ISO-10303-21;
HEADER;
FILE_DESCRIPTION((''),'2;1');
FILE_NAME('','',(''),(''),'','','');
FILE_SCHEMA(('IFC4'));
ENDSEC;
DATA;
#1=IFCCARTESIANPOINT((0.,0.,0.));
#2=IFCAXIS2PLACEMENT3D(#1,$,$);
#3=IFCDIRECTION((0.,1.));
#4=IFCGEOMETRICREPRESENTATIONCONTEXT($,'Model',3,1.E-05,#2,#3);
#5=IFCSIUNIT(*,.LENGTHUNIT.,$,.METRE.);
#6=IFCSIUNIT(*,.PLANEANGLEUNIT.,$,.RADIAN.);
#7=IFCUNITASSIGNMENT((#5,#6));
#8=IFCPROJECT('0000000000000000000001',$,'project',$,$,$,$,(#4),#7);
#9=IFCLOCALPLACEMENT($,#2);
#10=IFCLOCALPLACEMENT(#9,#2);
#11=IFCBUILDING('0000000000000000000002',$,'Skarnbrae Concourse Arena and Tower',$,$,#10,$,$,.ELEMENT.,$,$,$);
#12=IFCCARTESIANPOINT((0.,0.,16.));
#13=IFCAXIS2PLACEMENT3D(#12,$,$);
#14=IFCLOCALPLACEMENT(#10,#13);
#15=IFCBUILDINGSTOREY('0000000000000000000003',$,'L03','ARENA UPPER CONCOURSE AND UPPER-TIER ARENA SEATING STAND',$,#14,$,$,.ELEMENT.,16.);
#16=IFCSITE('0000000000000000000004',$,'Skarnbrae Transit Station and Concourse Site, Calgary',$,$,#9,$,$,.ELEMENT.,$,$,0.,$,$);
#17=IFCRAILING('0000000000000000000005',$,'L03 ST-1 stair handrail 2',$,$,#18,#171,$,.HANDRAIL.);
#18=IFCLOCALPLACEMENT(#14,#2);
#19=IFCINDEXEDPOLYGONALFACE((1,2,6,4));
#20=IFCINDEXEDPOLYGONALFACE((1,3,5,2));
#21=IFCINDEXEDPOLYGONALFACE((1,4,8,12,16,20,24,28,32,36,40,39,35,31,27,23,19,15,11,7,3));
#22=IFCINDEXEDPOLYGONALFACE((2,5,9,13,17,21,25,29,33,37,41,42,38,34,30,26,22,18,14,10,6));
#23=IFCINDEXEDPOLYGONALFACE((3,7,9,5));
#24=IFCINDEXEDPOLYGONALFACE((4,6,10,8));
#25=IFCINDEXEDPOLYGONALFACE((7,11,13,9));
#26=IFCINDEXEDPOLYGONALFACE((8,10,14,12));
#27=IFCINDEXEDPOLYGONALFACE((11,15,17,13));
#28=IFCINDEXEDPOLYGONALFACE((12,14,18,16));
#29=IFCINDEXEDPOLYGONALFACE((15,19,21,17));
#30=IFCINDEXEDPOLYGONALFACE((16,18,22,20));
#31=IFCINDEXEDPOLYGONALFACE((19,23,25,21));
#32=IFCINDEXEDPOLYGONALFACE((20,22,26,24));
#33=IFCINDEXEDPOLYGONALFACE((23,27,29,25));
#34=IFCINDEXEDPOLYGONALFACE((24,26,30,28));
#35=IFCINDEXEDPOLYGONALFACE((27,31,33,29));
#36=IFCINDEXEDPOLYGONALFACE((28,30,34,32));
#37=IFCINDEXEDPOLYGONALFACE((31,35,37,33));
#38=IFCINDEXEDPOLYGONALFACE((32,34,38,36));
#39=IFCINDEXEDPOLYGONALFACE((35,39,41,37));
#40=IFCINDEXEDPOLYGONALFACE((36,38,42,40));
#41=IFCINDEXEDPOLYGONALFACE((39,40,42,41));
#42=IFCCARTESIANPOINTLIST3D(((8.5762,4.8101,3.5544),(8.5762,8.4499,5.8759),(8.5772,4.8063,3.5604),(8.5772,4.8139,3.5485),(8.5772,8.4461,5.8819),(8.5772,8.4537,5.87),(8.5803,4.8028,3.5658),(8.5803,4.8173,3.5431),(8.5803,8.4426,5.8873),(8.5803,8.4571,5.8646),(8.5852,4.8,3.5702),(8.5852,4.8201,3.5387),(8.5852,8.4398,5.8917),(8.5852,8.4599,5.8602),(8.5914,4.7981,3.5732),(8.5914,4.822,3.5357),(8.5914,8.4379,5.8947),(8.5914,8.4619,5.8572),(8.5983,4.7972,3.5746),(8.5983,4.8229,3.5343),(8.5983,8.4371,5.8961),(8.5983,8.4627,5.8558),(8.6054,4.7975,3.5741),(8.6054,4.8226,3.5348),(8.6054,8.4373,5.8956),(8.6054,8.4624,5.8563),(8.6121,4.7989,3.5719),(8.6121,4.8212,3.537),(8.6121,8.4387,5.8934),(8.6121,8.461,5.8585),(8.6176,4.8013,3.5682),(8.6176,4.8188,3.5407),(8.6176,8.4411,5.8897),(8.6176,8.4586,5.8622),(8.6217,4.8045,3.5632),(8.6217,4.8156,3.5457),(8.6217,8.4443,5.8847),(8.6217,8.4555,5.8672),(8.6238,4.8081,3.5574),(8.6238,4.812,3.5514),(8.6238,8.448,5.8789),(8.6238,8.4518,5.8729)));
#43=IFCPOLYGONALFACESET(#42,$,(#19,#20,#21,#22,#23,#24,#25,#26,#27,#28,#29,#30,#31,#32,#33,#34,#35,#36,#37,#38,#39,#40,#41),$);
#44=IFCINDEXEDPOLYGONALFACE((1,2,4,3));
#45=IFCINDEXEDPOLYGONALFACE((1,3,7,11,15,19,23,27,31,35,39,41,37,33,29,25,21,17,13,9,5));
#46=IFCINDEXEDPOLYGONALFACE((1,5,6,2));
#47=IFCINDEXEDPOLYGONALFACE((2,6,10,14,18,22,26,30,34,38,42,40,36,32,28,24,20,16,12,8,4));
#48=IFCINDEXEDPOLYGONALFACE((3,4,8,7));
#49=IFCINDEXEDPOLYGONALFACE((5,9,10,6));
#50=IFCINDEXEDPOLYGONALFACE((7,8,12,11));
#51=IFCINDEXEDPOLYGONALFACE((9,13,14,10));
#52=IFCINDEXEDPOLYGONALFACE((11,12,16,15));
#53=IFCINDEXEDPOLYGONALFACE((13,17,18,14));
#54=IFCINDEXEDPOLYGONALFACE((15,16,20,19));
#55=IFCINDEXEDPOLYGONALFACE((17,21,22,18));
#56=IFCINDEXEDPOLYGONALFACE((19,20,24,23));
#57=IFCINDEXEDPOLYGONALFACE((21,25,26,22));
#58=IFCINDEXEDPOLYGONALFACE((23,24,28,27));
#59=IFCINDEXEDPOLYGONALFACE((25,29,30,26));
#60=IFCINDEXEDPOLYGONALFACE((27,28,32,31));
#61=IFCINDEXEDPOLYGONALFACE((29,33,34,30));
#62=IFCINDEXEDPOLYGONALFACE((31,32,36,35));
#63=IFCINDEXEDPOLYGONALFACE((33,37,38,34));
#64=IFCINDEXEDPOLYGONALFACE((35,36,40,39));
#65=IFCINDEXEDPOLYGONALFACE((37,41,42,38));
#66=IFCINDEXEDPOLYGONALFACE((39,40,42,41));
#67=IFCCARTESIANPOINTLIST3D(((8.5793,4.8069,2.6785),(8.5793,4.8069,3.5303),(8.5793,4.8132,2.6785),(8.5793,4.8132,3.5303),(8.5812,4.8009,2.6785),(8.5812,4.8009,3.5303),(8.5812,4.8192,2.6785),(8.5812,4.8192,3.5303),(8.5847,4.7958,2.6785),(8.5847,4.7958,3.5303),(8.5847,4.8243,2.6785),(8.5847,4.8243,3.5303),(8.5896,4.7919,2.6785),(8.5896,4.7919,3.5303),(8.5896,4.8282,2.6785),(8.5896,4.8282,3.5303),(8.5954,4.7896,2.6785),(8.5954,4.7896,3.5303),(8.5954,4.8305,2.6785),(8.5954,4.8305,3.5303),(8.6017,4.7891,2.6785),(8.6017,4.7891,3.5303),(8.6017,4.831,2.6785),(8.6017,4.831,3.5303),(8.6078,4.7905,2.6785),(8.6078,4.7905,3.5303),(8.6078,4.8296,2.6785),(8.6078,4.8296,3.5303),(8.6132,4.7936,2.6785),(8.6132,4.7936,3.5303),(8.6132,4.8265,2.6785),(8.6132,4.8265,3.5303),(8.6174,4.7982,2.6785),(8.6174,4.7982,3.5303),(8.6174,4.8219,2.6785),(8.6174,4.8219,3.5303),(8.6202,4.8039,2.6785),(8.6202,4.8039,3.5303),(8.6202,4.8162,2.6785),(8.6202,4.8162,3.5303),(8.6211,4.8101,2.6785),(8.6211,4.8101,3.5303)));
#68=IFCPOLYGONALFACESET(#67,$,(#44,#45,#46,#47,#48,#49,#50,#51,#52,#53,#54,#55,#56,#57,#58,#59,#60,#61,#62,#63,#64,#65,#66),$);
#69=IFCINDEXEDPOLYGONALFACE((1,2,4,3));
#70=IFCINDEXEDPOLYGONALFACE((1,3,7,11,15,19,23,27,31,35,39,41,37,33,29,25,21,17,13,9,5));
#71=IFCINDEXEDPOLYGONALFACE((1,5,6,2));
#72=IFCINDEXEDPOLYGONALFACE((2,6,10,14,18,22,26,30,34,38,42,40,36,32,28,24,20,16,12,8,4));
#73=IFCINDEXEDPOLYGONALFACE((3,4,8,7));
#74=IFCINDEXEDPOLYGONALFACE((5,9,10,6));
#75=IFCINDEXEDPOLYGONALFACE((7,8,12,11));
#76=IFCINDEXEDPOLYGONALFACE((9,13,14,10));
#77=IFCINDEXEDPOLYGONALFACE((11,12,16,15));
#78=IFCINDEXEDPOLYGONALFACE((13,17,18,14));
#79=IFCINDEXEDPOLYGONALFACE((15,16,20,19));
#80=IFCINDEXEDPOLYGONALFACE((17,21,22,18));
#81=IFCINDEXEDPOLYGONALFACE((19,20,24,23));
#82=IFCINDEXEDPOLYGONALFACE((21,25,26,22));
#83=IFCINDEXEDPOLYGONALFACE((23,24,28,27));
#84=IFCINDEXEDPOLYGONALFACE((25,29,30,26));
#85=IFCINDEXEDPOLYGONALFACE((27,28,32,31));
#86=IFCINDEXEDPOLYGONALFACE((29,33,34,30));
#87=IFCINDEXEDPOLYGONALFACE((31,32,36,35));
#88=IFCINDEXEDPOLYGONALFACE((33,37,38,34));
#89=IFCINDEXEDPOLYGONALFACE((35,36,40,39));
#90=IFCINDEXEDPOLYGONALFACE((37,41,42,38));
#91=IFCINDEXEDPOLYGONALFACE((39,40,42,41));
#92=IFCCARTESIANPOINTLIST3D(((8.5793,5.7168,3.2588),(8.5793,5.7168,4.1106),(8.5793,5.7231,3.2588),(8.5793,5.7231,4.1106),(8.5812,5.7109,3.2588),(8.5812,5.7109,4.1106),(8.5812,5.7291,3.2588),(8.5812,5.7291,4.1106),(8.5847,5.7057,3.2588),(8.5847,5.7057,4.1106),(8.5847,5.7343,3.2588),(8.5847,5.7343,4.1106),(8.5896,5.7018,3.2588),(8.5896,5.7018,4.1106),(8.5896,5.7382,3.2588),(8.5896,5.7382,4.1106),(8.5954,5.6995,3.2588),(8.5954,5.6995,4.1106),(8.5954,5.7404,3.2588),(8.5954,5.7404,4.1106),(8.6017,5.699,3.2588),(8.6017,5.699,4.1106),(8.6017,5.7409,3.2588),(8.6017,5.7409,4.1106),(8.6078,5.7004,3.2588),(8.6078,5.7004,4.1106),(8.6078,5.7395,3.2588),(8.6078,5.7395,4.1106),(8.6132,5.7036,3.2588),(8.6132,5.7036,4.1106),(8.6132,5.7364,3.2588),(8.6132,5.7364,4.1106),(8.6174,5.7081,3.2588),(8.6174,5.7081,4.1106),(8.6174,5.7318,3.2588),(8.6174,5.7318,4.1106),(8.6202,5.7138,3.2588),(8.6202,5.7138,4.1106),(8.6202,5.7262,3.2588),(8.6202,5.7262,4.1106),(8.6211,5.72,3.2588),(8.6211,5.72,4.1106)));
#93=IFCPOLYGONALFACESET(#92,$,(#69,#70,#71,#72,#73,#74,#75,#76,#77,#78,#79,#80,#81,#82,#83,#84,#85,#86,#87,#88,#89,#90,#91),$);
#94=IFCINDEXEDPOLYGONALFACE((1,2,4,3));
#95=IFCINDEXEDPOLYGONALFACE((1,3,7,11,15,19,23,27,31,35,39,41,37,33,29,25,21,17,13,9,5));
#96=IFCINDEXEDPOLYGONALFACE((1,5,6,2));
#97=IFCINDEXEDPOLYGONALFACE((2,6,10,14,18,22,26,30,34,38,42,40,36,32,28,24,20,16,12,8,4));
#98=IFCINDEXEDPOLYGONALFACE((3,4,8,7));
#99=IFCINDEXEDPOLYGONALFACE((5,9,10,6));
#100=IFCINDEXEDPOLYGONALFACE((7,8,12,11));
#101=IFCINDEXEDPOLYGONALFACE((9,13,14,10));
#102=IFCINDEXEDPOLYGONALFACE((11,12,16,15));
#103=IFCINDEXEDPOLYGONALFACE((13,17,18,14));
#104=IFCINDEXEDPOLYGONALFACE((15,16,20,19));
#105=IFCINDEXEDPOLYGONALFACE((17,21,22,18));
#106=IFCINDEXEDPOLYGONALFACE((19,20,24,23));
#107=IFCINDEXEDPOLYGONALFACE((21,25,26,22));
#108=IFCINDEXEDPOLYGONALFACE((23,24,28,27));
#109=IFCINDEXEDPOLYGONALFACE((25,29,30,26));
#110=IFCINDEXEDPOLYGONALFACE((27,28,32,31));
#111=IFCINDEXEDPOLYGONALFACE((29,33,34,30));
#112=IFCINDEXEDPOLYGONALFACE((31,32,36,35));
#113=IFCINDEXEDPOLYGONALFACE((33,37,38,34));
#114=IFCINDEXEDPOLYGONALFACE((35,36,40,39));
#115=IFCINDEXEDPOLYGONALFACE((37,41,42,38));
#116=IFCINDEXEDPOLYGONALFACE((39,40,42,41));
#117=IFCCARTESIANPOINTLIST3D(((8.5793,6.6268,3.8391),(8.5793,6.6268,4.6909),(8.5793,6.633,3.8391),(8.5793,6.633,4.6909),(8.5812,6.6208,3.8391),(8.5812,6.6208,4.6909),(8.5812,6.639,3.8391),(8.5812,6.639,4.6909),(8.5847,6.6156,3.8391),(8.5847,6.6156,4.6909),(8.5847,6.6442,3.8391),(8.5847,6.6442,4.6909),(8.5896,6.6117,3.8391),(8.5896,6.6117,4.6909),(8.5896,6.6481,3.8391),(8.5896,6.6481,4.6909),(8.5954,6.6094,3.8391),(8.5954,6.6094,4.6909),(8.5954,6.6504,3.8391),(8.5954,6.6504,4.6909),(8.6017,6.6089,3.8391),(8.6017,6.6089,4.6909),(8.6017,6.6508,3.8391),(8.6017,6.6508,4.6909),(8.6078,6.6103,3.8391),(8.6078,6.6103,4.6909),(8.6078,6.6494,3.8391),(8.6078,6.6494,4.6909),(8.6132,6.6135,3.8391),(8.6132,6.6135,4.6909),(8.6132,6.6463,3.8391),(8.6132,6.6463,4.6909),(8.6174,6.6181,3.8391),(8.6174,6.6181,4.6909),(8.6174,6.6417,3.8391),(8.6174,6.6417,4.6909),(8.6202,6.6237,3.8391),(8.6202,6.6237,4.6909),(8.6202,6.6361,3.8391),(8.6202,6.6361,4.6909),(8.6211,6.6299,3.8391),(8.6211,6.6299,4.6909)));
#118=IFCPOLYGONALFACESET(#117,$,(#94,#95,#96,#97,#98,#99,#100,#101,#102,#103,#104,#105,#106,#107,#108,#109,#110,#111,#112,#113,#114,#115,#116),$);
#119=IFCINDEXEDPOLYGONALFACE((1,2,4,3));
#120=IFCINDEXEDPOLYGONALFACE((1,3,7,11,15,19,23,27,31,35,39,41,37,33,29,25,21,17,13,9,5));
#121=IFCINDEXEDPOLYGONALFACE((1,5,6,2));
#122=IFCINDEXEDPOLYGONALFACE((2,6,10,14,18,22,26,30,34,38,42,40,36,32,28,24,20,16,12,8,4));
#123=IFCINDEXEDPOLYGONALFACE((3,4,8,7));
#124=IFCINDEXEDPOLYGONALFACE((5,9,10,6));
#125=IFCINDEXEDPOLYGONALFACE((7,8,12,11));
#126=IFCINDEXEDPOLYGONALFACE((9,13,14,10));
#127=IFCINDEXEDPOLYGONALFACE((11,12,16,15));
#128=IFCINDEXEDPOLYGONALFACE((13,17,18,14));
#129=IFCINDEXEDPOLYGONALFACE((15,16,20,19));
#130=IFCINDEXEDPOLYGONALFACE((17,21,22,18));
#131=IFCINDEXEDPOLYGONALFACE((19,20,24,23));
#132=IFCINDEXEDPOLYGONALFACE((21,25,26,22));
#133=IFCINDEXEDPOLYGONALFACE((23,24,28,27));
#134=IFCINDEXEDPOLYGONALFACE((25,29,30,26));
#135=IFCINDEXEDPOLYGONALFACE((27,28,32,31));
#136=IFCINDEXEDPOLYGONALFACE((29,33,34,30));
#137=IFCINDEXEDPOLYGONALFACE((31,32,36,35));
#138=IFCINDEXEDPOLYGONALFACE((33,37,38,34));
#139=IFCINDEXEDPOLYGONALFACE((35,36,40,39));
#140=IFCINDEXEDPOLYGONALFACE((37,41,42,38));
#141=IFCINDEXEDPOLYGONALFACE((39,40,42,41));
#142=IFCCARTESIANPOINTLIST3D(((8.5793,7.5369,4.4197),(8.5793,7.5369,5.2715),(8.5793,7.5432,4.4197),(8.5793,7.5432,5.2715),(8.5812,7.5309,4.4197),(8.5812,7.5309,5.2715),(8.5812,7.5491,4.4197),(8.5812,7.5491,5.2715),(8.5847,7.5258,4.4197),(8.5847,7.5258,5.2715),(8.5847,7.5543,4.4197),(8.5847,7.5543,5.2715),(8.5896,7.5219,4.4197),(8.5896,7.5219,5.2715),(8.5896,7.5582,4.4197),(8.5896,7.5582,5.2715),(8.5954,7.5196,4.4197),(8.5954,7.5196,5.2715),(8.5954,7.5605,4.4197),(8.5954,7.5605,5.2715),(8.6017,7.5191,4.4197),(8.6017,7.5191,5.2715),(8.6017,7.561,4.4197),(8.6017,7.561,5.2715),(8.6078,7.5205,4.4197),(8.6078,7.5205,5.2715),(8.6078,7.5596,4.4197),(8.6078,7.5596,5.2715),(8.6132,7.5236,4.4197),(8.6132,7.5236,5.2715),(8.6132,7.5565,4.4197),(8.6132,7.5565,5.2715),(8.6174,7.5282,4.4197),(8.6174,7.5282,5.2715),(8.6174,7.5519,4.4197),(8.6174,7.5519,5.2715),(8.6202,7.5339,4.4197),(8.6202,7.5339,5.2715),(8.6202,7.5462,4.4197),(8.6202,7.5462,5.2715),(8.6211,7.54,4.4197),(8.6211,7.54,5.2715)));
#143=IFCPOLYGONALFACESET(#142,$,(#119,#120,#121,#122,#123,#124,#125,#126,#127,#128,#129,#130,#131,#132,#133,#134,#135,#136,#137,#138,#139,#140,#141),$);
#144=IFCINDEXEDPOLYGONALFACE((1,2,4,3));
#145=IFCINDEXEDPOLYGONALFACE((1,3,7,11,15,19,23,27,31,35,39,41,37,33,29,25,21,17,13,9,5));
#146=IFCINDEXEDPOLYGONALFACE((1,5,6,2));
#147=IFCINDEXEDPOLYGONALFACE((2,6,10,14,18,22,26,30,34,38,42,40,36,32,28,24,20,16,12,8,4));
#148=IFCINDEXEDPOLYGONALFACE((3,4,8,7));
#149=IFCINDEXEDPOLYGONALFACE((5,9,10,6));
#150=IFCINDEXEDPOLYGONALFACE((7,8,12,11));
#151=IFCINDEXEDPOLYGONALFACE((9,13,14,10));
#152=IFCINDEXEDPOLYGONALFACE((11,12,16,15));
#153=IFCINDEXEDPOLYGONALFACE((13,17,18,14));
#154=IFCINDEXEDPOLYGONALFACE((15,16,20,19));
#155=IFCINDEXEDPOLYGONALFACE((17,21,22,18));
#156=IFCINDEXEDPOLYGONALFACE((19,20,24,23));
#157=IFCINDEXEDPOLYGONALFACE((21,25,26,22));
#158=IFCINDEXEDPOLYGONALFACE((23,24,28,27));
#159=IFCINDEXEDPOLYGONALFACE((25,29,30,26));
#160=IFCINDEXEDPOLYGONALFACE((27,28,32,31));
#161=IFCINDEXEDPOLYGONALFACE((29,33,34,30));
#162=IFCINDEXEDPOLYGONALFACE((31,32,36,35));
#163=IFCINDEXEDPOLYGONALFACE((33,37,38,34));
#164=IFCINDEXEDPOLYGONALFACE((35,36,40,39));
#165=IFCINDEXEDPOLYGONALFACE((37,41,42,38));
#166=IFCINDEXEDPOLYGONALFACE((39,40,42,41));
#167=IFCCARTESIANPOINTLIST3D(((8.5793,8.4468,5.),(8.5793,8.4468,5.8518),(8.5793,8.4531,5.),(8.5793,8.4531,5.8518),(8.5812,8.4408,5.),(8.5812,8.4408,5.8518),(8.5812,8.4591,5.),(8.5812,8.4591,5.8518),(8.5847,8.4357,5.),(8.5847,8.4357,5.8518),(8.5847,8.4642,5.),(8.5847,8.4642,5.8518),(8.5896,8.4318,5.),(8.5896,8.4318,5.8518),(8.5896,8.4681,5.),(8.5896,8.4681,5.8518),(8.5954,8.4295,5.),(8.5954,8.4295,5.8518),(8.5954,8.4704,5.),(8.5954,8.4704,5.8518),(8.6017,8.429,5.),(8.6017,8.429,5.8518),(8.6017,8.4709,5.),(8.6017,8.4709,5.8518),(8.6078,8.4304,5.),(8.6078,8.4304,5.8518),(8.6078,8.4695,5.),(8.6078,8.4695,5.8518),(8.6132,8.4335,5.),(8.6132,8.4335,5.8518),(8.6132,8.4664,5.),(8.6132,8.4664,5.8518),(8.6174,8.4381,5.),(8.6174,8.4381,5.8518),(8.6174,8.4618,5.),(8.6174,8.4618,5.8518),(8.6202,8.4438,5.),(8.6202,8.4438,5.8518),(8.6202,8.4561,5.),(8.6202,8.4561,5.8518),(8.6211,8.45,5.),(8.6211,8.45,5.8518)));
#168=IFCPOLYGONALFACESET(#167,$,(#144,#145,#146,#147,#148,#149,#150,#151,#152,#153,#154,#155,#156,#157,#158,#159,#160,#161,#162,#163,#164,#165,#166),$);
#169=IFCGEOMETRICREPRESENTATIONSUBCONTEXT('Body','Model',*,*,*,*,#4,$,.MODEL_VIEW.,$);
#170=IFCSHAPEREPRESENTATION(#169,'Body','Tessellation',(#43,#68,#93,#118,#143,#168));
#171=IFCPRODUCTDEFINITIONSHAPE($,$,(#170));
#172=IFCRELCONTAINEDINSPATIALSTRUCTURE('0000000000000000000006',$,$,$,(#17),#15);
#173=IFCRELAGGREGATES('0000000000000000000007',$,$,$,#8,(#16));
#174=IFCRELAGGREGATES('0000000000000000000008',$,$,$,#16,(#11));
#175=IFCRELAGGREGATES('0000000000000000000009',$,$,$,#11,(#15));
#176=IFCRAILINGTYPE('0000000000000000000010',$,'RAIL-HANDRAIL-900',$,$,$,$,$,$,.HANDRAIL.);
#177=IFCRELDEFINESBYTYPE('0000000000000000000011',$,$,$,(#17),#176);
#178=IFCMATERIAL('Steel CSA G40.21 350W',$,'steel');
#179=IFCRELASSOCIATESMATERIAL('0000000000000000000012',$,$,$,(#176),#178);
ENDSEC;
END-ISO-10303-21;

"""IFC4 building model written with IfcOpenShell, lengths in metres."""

from ifc_helpers import new_model, si_unit, direction, frame, origin, origin_2d, place, context, subcontext, project, spatial, circle, extrude, material, type_object, element, save


model = new_model("IFC4")

# Units and contexts
model_context = context("Model", 3, precision=1e-05, world=origin(), true_north=direction((0.0, 1.0)))
body_context = subcontext(model_context, "Body", "Model", "MODEL_VIEW")
ifc_project = project(units=[si_unit("LENGTHUNIT", "METRE"), si_unit("PLANEANGLEUNIT", "RADIAN")], contexts=[model_context])

# Site, building, storey
site_placement = place(None, origin())
site = spatial("IfcSite", under=ifc_project, at=site_placement, Name="Skarnbrae Transit Station and Concourse Site, Calgary", CompositionType="ELEMENT", RefElevation=0.0)
building_placement = place(site_placement, origin())
building = spatial("IfcBuilding", under=site, at=building_placement, Name="Skarnbrae Concourse Arena and Tower", CompositionType="ELEMENT")
storey_placement = place(building_placement, frame((0.0, 0.0, 16.0)))
storey = spatial("IfcBuildingStorey", under=building, at=storey_placement, Name="L03", Description="ARENA UPPER CONCOURSE AND UPPER-TIER ARENA SEATING STAND", CompositionType="ELEMENT", Elevation=16.0)

# Shared definitions
ifc_material_1 = material(Name="Steel CSA G40.21 350W", Category="steel")

# Railing
railing_type_1 = type_object("IfcRailingType", Name="RAIL-HANDRAIL-900", PredefinedType="HANDRAIL", material=ifc_material_1)
railing_1_placement = place(storey_placement, frame((8.6001, 4.8101, 2.6785)))
element("IfcRailing", 1, at=railing_1_placement, inside=storey, type_object=railing_type_1, Name="L03 ST-1 stair handrail 2", PredefinedType="HANDRAIL", context=body_context, shape_type="SweptSolid", body=[
    extrude(circle(Radius=0.0239, at=origin_2d()), frame((0.0, 0.0, 0.876), z_axis=(0.0, 0.843112, 0.537739), x_axis=(-1.0, 0.0, 0.0)), (0.0, 0.0, 1.0), 4.3171),
    extrude(circle(Radius=0.021, at=origin_2d()), origin(), (0.0, 0.0, 1.0), 0.8518),
    extrude(circle(Radius=0.021, at=origin_2d()), frame((0.0, 0.9099, 0.5803)), (0.0, 0.0, 1.0), 0.8518),
    extrude(circle(Radius=0.021, at=origin_2d()), frame((0.0, 1.8198, 1.1606)), (0.0, 0.0, 1.0), 0.8518),
    extrude(circle(Radius=0.021, at=origin_2d()), frame((0.0, 2.73, 1.7412)), (0.0, 0.0, 1.0), 0.8518),
    extrude(circle(Radius=0.021, at=origin_2d()), frame((0.0, 3.6399, 2.3215)), (0.0, 0.0, 1.0), 0.8518),
])

save(model, "model.ifc")
